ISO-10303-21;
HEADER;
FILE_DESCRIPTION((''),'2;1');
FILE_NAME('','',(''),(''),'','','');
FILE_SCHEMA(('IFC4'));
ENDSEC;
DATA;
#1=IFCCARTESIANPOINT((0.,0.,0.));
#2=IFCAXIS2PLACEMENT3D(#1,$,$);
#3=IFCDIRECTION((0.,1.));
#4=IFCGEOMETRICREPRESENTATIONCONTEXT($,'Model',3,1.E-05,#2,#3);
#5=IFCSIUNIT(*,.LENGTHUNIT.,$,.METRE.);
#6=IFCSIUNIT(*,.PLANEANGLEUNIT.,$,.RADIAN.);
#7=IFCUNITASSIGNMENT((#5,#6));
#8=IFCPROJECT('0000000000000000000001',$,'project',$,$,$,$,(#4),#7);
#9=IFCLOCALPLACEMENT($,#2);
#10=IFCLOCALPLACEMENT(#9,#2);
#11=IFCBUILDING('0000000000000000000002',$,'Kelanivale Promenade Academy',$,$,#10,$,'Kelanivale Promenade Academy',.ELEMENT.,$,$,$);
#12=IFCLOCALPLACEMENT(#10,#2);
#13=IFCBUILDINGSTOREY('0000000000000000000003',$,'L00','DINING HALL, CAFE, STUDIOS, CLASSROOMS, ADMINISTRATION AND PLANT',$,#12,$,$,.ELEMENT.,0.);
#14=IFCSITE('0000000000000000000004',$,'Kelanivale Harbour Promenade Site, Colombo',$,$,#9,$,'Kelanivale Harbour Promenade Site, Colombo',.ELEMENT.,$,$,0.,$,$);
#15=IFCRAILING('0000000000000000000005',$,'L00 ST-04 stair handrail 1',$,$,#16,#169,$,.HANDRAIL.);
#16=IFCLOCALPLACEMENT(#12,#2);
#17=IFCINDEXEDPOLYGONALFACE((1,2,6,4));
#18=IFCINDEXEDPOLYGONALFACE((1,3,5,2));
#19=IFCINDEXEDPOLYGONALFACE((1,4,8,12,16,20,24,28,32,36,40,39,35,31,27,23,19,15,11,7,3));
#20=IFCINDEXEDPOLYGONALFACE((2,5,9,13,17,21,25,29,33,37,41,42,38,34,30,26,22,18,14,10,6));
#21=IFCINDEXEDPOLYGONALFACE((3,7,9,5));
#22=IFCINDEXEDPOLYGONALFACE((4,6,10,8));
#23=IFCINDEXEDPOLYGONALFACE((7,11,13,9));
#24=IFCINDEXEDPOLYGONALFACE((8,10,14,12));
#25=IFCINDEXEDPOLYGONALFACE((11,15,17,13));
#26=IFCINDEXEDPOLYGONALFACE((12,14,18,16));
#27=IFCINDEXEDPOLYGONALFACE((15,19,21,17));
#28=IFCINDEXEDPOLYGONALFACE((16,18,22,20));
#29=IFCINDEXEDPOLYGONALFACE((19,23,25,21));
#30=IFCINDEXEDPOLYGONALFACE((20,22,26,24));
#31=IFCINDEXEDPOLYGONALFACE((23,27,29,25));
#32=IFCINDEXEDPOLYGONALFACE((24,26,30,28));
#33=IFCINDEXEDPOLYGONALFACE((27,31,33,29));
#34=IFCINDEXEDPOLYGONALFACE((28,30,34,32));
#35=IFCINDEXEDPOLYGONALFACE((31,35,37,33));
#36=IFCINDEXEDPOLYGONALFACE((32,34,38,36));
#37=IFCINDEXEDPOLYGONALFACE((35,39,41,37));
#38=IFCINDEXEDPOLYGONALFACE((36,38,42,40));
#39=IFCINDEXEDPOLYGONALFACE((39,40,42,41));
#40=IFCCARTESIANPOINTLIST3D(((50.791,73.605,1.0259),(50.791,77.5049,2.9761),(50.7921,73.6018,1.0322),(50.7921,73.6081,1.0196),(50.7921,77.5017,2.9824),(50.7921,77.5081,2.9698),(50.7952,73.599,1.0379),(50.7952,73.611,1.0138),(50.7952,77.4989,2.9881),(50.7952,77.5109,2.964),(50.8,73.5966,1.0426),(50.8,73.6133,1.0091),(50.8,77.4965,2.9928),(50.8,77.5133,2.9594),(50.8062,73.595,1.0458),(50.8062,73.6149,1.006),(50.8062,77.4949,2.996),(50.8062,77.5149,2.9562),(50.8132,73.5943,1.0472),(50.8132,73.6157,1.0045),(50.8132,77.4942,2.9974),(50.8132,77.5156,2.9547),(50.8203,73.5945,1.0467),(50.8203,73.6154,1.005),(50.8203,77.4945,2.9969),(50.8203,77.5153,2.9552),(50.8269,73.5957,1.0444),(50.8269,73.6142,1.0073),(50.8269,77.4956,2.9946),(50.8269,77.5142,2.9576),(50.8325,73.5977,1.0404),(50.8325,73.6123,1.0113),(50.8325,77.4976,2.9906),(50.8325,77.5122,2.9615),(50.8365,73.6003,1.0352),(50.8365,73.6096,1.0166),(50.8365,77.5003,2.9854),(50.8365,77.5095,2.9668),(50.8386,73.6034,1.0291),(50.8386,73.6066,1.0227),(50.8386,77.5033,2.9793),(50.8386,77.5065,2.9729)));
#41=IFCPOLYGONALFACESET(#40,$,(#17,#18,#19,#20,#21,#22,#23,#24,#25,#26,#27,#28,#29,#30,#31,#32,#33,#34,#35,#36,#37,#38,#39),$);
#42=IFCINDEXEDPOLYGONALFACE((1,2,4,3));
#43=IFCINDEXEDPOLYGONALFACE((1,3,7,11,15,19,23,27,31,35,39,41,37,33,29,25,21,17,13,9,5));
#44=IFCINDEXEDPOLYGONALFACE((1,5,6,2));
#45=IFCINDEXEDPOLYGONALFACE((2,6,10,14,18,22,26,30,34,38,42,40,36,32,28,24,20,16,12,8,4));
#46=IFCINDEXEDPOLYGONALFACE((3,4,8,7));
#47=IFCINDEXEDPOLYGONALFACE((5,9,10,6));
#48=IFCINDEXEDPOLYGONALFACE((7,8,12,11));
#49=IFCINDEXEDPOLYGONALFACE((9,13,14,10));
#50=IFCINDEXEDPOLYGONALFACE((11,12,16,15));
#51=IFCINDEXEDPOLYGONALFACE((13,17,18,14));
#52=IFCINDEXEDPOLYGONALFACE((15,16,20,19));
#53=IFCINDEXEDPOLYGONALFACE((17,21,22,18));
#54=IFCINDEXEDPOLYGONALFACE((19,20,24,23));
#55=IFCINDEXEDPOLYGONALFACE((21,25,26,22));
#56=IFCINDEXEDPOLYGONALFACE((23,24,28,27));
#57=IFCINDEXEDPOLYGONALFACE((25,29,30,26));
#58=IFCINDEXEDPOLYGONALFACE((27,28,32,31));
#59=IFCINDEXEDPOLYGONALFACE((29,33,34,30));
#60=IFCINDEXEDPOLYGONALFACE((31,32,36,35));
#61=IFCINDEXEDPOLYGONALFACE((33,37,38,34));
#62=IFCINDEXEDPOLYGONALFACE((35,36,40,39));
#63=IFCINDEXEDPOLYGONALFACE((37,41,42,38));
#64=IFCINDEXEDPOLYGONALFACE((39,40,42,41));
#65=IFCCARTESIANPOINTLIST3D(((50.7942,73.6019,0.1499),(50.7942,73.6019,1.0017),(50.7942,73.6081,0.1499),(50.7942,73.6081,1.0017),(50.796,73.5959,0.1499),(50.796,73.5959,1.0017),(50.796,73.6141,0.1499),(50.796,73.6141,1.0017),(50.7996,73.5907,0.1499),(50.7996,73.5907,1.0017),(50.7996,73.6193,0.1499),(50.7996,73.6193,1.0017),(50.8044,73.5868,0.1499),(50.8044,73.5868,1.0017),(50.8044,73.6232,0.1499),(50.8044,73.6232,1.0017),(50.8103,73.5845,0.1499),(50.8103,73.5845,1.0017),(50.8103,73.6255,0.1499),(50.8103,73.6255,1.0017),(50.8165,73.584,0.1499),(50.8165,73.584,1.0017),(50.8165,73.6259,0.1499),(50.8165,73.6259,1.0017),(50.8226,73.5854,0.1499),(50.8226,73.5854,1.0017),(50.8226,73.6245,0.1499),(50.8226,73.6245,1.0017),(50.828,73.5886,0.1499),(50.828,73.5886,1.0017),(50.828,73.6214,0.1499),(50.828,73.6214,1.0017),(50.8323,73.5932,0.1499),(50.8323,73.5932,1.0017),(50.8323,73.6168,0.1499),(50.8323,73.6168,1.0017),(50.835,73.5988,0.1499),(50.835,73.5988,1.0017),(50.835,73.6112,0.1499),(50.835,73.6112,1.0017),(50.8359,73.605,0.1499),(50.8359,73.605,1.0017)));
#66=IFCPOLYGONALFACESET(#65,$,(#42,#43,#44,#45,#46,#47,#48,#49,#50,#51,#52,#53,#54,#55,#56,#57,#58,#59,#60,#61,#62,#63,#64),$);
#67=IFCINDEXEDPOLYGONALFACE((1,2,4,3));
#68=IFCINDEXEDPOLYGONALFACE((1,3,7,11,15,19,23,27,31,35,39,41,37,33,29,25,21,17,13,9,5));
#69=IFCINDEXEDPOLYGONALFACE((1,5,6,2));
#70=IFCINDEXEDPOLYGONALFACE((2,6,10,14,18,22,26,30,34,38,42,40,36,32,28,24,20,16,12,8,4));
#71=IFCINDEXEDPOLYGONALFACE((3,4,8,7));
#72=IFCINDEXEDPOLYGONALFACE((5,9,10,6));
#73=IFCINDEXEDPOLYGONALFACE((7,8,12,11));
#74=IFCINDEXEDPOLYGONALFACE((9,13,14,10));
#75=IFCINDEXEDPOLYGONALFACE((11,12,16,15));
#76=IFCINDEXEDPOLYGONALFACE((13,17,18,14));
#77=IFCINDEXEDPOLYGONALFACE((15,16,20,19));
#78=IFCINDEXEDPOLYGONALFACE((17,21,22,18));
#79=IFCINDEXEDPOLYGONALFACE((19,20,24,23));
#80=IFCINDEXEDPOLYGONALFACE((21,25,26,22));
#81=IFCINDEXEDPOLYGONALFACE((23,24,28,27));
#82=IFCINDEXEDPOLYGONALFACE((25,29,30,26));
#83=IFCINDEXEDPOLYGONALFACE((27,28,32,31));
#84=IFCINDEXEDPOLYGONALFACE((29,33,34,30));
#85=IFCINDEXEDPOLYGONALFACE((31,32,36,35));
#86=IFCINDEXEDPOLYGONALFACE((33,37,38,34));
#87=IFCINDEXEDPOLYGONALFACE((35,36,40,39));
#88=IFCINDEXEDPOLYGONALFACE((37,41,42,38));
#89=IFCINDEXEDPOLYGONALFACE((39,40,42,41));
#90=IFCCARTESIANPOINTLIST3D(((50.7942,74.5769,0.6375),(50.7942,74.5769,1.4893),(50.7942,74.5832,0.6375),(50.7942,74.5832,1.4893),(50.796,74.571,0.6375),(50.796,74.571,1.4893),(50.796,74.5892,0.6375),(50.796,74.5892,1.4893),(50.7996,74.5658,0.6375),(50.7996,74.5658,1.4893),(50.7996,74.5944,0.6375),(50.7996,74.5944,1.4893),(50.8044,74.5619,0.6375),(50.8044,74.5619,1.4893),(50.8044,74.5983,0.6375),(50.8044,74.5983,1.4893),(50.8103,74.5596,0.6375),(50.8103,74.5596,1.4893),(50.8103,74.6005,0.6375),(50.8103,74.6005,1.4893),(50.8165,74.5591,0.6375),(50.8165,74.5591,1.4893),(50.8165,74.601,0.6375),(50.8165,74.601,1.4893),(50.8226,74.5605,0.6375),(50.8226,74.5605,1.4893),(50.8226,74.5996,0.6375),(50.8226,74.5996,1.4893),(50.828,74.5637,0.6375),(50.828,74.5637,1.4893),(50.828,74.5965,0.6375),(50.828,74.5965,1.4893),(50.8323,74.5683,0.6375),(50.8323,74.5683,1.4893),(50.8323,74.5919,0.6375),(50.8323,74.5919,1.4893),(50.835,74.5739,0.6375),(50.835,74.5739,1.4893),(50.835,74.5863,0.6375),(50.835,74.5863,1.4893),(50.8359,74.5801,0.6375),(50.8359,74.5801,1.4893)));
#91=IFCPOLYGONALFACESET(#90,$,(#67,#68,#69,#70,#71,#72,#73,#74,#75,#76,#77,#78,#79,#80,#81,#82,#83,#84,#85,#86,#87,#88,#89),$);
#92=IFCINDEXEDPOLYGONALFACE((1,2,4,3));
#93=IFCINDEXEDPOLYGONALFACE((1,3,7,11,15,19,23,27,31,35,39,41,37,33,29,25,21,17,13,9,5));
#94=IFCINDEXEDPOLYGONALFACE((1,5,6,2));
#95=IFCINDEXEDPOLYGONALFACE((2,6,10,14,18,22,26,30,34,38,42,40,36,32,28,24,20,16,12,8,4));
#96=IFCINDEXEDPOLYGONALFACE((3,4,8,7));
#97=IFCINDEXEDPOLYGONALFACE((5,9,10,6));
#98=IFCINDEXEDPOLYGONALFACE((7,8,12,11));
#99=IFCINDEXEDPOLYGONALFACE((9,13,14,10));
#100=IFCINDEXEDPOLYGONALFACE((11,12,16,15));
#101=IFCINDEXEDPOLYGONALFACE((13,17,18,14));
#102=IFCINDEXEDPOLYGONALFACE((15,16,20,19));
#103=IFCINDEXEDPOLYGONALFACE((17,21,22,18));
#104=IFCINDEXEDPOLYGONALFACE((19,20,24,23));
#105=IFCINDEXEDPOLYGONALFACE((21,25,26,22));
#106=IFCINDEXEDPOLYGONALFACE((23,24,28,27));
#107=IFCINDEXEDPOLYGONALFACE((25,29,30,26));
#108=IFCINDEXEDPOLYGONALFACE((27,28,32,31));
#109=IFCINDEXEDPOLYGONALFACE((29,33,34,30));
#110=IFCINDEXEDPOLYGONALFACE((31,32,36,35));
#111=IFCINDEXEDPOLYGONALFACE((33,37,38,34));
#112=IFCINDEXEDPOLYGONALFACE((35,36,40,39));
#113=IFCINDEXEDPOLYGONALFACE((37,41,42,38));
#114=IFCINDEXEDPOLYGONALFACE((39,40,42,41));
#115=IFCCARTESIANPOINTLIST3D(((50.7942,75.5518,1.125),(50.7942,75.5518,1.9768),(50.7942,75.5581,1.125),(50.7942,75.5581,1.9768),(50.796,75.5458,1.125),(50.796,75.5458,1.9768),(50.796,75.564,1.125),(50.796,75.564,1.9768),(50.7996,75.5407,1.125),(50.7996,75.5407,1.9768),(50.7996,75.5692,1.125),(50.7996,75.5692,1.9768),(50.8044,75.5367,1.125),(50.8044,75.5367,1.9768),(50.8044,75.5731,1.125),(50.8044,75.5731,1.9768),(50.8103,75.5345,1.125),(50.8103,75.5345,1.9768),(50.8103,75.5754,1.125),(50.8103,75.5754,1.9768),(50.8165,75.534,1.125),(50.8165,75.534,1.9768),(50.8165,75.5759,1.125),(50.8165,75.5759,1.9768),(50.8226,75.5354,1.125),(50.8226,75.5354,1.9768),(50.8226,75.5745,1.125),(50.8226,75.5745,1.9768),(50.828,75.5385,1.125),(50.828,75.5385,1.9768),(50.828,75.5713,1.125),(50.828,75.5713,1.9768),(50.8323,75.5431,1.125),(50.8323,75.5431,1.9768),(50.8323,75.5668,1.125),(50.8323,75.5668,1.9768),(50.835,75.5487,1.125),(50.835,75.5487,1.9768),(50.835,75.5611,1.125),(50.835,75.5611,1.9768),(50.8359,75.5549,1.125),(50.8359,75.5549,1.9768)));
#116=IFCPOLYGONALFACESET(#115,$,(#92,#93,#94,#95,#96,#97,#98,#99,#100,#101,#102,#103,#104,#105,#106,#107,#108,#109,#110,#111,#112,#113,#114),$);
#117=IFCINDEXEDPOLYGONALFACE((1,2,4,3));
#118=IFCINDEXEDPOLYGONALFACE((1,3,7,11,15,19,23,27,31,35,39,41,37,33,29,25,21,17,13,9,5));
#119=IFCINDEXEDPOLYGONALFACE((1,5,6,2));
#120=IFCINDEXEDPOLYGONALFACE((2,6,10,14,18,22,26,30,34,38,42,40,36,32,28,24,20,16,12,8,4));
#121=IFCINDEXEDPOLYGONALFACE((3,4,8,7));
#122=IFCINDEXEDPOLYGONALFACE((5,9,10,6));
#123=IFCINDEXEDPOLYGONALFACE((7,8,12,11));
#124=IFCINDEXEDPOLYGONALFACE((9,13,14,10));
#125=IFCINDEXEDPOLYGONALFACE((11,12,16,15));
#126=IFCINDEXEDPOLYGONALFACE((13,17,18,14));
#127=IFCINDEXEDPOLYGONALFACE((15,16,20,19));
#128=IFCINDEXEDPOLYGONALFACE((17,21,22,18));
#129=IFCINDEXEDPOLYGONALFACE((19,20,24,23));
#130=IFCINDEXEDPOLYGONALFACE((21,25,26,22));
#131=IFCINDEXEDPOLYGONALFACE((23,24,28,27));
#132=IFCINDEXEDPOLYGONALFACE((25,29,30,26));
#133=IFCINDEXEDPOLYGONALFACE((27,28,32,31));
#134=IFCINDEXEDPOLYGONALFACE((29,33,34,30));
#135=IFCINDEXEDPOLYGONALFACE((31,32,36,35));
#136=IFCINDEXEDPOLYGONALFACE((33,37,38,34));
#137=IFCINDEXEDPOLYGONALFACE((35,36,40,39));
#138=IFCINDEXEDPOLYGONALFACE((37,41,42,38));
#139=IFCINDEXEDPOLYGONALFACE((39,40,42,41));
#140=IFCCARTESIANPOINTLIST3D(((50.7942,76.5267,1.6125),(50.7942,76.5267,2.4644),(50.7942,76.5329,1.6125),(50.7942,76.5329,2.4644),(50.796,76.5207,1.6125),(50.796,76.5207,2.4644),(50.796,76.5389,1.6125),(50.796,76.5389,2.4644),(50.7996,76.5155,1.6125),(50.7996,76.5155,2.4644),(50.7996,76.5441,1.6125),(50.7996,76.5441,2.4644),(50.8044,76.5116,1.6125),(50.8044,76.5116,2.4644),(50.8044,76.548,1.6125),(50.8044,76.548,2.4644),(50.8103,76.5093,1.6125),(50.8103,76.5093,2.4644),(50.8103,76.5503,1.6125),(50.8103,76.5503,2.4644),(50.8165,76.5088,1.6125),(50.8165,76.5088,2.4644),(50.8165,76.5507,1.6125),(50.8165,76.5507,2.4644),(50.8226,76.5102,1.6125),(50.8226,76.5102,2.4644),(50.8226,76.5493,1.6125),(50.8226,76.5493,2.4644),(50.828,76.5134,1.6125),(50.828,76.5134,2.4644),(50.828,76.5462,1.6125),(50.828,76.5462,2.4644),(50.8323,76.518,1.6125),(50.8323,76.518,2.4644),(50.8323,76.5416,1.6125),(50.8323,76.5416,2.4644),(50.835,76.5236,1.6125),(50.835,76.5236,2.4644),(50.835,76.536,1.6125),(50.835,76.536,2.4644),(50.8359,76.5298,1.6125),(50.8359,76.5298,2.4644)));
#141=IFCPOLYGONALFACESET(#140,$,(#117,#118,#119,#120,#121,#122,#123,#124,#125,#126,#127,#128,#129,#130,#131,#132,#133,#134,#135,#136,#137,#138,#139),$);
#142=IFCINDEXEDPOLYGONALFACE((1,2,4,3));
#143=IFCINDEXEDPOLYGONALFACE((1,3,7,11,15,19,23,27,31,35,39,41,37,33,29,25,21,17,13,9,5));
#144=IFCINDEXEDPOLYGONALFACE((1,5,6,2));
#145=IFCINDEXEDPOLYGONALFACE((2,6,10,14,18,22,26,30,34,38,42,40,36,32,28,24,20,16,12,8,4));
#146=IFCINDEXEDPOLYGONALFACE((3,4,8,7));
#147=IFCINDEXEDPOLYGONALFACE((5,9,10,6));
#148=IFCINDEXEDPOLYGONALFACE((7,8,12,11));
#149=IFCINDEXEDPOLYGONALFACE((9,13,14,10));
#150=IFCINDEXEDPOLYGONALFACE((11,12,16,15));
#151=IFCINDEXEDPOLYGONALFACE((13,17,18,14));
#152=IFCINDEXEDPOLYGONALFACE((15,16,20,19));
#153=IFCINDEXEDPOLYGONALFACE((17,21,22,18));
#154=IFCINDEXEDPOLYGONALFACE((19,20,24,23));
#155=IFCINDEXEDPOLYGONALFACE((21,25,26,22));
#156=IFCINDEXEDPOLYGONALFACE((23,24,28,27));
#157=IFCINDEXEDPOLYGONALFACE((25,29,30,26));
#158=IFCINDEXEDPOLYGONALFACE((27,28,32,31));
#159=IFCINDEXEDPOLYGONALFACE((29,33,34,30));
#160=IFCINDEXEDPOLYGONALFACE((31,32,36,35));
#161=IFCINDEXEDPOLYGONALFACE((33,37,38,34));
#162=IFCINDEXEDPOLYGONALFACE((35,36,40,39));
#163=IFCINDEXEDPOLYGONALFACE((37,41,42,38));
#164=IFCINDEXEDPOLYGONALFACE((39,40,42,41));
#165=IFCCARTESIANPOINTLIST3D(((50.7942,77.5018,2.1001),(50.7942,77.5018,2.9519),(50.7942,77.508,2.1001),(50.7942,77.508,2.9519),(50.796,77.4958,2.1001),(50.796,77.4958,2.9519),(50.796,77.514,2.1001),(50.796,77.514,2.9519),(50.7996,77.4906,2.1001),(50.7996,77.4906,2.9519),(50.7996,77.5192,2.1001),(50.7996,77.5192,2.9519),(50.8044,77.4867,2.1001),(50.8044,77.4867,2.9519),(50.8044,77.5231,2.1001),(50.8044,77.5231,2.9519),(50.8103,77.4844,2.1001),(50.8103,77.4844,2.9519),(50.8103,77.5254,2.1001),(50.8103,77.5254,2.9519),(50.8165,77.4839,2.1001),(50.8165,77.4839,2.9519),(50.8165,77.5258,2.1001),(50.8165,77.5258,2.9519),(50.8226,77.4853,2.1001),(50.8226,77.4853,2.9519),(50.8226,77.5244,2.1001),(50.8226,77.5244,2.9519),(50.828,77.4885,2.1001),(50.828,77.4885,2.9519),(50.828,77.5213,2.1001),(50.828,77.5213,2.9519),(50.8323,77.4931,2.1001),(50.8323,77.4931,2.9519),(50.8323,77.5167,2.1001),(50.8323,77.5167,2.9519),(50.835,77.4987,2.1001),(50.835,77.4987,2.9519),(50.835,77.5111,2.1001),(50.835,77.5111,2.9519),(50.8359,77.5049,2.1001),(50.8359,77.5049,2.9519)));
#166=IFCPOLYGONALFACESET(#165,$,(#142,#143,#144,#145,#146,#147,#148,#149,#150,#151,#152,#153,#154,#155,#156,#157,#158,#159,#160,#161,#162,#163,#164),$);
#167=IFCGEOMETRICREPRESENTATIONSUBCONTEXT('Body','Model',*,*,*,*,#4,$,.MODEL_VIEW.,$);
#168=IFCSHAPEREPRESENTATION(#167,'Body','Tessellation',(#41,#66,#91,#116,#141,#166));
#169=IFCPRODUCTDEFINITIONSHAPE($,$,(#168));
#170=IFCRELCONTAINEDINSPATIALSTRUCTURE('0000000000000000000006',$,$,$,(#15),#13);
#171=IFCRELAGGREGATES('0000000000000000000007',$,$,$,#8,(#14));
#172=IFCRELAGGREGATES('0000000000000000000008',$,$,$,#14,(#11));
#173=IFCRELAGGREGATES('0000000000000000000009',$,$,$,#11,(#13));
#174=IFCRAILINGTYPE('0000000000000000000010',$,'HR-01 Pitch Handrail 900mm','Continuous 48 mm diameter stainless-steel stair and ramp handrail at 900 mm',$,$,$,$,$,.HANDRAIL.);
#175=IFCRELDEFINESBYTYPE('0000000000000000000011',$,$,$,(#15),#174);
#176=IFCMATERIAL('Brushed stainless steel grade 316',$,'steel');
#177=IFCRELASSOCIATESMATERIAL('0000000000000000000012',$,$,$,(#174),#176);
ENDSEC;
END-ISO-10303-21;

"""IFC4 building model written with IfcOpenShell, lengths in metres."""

from ifc_helpers import new_model, si_unit, direction, frame, origin, origin_2d, place, context, subcontext, project, spatial, circle, extrude, material, type_object, element, save


model = new_model("IFC4")

# Units and contexts
model_context = context("Model", 3, precision=1e-05, world=origin(), true_north=direction((0.0, 1.0)))
body_context = subcontext(model_context, "Body", "Model", "MODEL_VIEW")
ifc_project = project(units=[si_unit("LENGTHUNIT", "METRE"), si_unit("PLANEANGLEUNIT", "RADIAN")], contexts=[model_context])

# Site, building, storey
site_placement = place(None, origin())
site = spatial("IfcSite", under=ifc_project, at=site_placement, Name="Kelanivale Harbour Promenade Site, Colombo", LongName="Kelanivale Harbour Promenade Site, Colombo", CompositionType="ELEMENT", RefElevation=0.0)
building_placement = place(site_placement, origin())
building = spatial("IfcBuilding", under=site, at=building_placement, Name="Kelanivale Promenade Academy", LongName="Kelanivale Promenade Academy", CompositionType="ELEMENT")
storey_placement = place(building_placement, origin())
storey = spatial("IfcBuildingStorey", under=building, at=storey_placement, Name="L00", Description="DINING HALL, CAFE, STUDIOS, CLASSROOMS, ADMINISTRATION AND PLANT", CompositionType="ELEMENT", Elevation=0.0)

# Railing
ifc_material_1 = material(Name="Brushed stainless steel grade 316", Category="steel")
railing_type_1 = type_object("IfcRailingType", Name="HR-01 Pitch Handrail 900mm", Description="Continuous 48 mm diameter stainless-steel stair and ramp handrail at 900 mm", PredefinedType="HANDRAIL", material=ifc_material_1)
railing_1_placement = place(storey_placement, frame((50.8149, 73.605, 0.1499)))
element("IfcRailing", 1, at=railing_1_placement, inside=storey, type_object=railing_type_1, Name="L00 ST-04 stair handrail 1", PredefinedType="HANDRAIL", context=body_context, shape_type="SweptSolid", body=[
    extrude(circle(Radius=0.0239, at=origin_2d()), frame((0.0, 0.0, 0.876), z_axis=(0.0, 0.894405, 0.447258), x_axis=(-1.0, 0.0, 0.0)), (0.0, 0.0, 1.0), 4.3604),
    extrude(circle(Radius=0.021, at=origin_2d()), origin(), (0.0, 0.0, 1.0), 0.8518),
    extrude(circle(Radius=0.021, at=origin_2d()), frame((0.0, 0.9751, 0.4875)), (0.0, 0.0, 1.0), 0.8518),
    extrude(circle(Radius=0.021, at=origin_2d()), frame((0.0, 1.95, 0.9751)), (0.0, 0.0, 1.0), 0.8518),
    extrude(circle(Radius=0.021, at=origin_2d()), frame((0.0, 2.9248, 1.4626)), (0.0, 0.0, 1.0), 0.8518),
    extrude(circle(Radius=0.021, at=origin_2d()), frame((0.0, 3.8999, 1.9502)), (0.0, 0.0, 1.0), 0.8518),
])

save(model, "model.ifc")
